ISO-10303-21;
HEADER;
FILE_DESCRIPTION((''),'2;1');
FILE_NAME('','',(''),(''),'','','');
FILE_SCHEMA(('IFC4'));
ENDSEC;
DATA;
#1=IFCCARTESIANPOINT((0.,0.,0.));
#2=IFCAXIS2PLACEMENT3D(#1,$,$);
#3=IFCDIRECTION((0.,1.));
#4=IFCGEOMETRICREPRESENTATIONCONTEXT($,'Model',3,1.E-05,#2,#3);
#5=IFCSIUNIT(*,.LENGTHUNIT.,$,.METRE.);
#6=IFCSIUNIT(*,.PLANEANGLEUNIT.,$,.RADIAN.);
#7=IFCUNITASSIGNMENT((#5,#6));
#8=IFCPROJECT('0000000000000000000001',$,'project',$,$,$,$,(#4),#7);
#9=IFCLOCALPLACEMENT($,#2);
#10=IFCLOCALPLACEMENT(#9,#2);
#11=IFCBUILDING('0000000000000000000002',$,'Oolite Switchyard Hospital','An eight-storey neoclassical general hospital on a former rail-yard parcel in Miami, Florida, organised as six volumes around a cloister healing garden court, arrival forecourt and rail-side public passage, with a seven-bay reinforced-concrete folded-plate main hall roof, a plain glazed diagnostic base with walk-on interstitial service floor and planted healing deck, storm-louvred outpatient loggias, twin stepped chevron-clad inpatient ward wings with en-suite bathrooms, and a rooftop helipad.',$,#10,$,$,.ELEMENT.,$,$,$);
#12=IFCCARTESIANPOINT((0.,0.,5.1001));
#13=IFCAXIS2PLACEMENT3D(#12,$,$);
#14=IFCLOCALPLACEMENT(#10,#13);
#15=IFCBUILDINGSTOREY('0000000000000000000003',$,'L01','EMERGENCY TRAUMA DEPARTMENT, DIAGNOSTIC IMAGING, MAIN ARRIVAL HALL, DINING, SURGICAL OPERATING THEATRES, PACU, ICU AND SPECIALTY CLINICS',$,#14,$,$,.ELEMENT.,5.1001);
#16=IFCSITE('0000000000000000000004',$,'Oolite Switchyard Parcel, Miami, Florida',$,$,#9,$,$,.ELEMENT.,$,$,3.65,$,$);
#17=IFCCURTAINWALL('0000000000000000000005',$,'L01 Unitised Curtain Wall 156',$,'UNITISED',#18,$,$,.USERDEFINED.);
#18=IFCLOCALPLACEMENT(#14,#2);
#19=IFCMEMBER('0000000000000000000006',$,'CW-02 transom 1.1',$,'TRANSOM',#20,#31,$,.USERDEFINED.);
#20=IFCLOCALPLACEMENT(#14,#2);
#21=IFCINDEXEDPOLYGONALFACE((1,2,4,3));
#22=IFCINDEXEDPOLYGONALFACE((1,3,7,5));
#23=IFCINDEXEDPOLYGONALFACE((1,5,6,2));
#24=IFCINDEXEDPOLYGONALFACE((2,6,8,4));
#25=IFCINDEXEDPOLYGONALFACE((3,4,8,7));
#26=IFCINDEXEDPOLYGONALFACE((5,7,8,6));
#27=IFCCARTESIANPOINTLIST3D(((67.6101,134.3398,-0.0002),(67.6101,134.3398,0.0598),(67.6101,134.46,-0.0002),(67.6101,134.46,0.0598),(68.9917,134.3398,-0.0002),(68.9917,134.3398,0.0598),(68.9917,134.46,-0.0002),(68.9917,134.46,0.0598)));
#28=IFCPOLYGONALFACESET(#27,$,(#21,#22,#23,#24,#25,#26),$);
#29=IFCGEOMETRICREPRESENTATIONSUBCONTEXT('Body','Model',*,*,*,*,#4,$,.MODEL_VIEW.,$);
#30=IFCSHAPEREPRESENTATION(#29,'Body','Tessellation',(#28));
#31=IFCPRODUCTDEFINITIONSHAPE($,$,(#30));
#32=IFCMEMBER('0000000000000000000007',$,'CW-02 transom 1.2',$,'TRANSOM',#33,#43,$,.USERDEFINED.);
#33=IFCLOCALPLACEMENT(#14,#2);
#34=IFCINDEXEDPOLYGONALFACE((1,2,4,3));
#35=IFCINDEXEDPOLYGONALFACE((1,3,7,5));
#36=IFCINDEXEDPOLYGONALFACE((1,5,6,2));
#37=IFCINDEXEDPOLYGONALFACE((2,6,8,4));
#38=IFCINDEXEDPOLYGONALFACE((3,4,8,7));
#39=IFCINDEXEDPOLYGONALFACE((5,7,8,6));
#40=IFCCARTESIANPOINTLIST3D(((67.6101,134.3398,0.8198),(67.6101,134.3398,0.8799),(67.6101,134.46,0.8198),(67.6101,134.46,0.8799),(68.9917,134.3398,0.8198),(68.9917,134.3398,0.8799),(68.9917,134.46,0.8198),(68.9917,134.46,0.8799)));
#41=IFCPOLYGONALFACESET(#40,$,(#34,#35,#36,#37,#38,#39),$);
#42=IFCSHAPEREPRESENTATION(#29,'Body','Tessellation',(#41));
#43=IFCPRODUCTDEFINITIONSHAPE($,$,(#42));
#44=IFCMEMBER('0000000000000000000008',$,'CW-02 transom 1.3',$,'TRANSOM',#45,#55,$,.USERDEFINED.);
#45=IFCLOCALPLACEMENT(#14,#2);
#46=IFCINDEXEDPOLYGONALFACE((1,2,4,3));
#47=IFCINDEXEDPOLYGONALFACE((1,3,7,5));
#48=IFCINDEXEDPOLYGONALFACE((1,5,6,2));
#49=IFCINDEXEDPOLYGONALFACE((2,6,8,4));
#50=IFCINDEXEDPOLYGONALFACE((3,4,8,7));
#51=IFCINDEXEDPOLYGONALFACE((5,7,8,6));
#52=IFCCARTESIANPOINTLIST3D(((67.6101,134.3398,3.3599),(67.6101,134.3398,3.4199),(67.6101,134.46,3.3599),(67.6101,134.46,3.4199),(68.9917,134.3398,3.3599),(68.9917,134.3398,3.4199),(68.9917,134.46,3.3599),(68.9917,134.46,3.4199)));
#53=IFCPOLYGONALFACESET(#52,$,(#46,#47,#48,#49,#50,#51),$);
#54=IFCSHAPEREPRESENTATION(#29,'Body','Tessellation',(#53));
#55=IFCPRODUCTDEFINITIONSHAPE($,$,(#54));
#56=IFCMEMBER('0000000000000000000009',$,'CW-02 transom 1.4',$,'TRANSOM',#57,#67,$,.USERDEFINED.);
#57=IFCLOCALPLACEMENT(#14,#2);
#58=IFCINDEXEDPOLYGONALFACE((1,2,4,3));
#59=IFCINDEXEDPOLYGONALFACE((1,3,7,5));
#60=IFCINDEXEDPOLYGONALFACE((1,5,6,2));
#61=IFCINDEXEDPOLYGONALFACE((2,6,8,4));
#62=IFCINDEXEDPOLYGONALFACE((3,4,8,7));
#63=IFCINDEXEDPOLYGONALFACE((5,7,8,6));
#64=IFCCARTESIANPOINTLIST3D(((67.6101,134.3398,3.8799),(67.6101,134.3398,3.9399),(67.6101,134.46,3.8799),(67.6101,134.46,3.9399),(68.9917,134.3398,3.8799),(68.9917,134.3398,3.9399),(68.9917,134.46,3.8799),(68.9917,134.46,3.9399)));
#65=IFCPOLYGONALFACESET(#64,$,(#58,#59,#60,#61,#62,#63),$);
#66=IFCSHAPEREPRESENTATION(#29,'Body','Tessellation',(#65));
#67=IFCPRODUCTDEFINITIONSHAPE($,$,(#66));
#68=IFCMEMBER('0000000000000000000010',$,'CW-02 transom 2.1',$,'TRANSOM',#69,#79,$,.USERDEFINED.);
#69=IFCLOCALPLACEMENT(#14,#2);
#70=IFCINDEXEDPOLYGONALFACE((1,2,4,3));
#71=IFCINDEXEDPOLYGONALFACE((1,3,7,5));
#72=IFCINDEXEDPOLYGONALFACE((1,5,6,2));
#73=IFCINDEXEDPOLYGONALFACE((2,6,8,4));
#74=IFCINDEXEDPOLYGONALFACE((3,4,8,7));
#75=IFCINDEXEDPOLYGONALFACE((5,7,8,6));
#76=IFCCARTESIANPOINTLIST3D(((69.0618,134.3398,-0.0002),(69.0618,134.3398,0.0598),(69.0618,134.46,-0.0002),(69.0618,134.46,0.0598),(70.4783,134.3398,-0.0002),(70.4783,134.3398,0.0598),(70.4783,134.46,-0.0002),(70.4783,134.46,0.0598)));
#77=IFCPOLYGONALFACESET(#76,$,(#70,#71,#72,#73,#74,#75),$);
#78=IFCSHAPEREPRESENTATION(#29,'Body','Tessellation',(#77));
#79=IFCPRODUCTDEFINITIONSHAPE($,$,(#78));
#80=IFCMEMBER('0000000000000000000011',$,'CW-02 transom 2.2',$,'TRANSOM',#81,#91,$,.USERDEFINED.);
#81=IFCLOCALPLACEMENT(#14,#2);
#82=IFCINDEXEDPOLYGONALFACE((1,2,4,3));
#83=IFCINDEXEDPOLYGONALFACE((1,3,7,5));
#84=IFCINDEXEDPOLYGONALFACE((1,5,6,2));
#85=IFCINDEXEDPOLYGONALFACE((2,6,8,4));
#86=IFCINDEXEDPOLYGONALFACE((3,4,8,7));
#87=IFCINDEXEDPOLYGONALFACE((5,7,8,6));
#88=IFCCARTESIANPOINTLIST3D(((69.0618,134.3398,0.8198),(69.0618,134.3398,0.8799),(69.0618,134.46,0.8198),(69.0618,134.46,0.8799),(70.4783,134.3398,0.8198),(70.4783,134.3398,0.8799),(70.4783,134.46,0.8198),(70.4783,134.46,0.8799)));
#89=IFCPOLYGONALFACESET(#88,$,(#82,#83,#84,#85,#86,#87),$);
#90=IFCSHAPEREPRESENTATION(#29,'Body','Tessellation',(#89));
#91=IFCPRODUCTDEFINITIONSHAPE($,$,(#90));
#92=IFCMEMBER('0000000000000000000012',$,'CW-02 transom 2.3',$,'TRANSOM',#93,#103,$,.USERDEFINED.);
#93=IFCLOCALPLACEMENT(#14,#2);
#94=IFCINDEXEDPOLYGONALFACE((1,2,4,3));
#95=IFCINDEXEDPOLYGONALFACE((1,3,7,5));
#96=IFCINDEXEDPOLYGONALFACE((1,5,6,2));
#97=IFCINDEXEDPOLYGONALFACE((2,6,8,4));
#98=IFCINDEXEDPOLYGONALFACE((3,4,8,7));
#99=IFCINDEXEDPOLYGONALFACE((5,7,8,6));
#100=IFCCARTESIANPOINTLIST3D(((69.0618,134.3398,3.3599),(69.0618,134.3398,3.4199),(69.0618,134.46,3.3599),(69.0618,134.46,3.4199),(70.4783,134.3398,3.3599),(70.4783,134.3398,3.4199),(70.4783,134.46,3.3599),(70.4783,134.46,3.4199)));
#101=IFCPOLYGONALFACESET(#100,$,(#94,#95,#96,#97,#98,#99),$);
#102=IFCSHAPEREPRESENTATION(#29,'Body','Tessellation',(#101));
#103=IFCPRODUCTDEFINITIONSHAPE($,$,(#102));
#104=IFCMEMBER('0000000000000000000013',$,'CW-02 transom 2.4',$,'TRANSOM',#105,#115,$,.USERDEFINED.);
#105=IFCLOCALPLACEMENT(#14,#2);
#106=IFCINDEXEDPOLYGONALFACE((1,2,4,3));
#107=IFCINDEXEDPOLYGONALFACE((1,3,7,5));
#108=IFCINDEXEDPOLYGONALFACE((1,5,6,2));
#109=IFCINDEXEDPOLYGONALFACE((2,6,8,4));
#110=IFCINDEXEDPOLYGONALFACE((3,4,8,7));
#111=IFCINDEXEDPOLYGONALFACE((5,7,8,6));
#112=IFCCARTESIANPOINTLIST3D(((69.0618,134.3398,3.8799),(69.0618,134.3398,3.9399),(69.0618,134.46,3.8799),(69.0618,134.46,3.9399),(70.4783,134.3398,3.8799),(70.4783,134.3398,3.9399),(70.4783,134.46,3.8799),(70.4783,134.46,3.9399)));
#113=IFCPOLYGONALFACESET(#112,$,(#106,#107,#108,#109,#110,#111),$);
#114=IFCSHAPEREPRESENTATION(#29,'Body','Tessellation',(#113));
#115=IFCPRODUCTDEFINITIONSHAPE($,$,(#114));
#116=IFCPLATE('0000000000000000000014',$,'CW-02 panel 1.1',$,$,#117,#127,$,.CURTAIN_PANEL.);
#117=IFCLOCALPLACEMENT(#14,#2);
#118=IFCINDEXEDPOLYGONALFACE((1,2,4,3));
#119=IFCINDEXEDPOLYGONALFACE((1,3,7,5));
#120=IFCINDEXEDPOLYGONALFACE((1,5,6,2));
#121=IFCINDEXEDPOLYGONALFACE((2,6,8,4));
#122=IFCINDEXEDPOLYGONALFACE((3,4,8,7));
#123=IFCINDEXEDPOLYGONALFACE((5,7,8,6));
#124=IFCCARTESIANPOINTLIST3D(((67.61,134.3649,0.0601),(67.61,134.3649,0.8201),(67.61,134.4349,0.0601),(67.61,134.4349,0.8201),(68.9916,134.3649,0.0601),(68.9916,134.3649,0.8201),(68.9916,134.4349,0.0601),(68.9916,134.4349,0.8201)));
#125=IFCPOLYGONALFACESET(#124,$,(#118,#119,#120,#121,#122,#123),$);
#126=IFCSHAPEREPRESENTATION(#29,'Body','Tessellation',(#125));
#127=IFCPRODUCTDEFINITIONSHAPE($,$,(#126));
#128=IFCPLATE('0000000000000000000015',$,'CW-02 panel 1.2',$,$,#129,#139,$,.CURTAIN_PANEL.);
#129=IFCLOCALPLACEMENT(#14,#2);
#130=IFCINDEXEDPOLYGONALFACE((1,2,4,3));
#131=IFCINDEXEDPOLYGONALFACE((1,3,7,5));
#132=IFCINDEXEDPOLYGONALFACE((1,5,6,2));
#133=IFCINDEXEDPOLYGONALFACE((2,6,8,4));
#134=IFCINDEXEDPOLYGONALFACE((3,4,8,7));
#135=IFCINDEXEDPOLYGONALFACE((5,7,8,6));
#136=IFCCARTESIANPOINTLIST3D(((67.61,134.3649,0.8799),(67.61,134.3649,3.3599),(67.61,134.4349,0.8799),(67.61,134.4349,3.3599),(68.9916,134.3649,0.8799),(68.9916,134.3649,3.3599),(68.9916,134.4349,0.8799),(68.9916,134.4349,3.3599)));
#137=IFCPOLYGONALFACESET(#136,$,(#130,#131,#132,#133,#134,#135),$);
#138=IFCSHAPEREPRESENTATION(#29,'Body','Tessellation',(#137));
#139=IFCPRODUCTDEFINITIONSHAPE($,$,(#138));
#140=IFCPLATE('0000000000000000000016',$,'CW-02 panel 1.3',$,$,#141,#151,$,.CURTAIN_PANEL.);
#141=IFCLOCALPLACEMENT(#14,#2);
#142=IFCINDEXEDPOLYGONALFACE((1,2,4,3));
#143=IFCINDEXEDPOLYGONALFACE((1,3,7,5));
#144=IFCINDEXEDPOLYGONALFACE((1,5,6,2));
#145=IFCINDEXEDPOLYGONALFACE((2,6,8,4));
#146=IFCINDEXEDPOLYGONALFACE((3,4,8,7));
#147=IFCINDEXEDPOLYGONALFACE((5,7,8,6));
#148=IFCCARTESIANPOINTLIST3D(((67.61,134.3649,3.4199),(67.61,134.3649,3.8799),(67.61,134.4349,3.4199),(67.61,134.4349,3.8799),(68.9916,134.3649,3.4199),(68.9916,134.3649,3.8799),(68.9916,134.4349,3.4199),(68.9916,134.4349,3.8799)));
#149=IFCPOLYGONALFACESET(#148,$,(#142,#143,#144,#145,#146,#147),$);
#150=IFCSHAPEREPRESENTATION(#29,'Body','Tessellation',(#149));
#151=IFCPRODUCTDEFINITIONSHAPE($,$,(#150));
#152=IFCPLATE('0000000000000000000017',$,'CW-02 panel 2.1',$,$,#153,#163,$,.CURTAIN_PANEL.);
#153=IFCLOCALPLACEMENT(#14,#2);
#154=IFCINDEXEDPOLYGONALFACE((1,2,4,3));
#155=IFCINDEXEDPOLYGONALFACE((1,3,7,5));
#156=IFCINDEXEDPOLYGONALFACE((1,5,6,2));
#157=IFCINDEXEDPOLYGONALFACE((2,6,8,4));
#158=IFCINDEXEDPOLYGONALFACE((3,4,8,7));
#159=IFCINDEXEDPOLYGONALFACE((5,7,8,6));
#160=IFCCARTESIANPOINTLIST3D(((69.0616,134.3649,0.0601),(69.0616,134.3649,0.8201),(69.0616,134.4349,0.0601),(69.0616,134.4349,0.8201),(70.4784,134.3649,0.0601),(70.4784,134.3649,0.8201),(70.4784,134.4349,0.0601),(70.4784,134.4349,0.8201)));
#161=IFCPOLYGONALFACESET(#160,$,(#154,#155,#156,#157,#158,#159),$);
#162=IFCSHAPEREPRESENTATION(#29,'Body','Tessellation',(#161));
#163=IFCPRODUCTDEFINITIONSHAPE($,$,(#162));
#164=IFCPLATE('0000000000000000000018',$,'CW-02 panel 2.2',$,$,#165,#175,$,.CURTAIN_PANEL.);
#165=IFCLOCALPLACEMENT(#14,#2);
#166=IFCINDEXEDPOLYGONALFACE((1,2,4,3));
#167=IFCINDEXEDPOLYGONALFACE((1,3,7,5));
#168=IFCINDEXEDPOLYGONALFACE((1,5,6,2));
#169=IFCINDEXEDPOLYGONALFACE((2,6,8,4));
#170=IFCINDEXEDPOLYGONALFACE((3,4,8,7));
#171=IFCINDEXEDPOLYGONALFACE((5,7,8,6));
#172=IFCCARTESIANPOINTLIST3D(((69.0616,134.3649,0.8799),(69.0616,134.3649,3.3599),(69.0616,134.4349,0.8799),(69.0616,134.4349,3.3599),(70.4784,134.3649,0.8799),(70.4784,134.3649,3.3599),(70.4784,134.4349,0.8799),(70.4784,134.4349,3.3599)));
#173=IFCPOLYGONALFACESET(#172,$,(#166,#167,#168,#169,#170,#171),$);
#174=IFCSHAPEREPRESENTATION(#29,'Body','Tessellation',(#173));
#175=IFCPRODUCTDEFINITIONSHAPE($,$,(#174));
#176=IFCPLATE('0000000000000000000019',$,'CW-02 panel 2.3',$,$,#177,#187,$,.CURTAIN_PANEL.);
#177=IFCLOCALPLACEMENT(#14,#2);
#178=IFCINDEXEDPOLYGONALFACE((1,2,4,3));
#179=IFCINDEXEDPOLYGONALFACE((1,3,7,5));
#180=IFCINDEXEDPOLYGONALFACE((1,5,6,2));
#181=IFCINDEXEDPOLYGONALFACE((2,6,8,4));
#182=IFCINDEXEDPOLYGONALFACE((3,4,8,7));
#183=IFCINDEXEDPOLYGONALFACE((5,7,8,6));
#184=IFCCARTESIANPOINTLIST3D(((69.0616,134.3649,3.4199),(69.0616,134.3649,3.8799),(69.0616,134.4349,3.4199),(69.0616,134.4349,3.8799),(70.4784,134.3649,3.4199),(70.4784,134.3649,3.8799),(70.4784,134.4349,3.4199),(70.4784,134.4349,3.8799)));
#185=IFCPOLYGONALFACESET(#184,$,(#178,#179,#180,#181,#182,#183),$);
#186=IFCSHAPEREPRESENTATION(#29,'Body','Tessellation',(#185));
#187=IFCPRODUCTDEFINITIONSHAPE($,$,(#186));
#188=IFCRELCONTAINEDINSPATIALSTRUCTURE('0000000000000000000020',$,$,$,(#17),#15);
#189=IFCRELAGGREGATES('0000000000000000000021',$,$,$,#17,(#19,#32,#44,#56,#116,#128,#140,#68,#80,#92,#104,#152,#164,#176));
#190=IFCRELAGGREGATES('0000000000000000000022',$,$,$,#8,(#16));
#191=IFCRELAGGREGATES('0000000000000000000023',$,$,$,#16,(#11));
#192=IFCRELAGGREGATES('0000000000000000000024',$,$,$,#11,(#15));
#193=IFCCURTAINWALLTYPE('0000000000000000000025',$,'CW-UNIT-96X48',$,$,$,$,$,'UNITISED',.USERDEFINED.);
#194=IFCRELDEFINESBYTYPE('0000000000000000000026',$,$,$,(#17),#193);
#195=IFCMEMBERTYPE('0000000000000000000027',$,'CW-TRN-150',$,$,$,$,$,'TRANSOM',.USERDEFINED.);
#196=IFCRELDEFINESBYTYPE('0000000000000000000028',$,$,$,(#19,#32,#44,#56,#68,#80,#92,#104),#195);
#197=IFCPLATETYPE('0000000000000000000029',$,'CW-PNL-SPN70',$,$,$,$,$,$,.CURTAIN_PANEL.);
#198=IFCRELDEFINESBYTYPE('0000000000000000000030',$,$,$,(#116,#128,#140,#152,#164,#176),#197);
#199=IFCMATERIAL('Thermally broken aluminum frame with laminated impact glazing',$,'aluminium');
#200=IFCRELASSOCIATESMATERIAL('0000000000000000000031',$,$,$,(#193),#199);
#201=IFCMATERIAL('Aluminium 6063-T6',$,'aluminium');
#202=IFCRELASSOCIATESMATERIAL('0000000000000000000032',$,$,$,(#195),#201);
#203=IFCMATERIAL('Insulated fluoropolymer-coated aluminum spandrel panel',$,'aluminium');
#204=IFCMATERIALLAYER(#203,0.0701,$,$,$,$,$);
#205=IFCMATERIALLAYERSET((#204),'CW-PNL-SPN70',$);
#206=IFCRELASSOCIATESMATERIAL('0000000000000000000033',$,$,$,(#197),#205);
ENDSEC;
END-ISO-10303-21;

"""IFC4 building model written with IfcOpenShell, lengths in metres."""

from ifc_helpers import new_model, si_unit, direction, frame, origin, origin_2d, place, context, subcontext, project, spatial, rectangle, extrude, material, layer, layer_set, material_profile, profile_set, type_object, element, aggregate, save


model = new_model("IFC4")

# Units and contexts
model_context = context("Model", 3, precision=1e-05, world=origin(), true_north=direction((0.0, 1.0)))
body_context = subcontext(model_context, "Body", "Model", "MODEL_VIEW")
ifc_project = project(units=[si_unit("LENGTHUNIT", "METRE"), si_unit("PLANEANGLEUNIT", "RADIAN")], contexts=[model_context])

# Site, building, storey
site_placement = place(None, origin())
site = spatial("IfcSite", under=ifc_project, at=site_placement, Name="Oolite Switchyard Parcel, Miami, Florida", CompositionType="ELEMENT", RefElevation=3.65)
building_placement = place(site_placement, origin())
building = spatial("IfcBuilding", under=site, at=building_placement, Name="Oolite Switchyard Hospital", Description="An eight-storey neoclassical general hospital on a former rail-yard parcel in Miami, Florida, organised as six volumes around a cloister healing garden court, arrival forecourt and rail-side public passage, with a seven-bay reinforced-concrete folded-plate main hall roof, a plain glazed diagnostic base with walk-on interstitial service floor and planted healing deck, storm-louvred outpatient loggias, twin stepped chevron-clad inpatient ward wings with en-suite bathrooms, and a rooftop helipad.", CompositionType="ELEMENT")
storey_placement = place(building_placement, frame((0.0, 0.0, 5.1001)))
storey = spatial("IfcBuildingStorey", under=building, at=storey_placement, Name="L01", Description="EMERGENCY TRAUMA DEPARTMENT, DIAGNOSTIC IMAGING, MAIN ARRIVAL HALL, DINING, SURGICAL OPERATING THEATRES, PACU, ICU AND SPECIALTY CLINICS", CompositionType="ELEMENT", Elevation=5.1001)

# Curtain wall, members, plates
ifc_material_1 = material(Name="Thermally broken aluminum frame with laminated impact glazing", Category="aluminium")
curtain_wall_type = type_object("IfcCurtainWallType", Name="CW-UNIT-96X48", ElementType="UNITISED", PredefinedType="USERDEFINED", material=ifc_material_1)
curtain_wall_placement = place(storey_placement, origin())
curtain_wall = element("IfcCurtainWall", 1, at=curtain_wall_placement, inside=storey, type_object=curtain_wall_type, Name="L01 Unitised Curtain Wall 156", ObjectType="UNITISED", PredefinedType="USERDEFINED")
ifc_material_2 = material(Name="Aluminium 6063-T6", Category="aluminium")
ifc_material_profile_1 = material_profile(ifc_material_2, rectangle(XDim=0.1201, YDim=0.0601, at=origin_2d()), Name="CWT60X120")
ifc_profile_set_1 = profile_set([ifc_material_profile_1], Name="Aluminium 6063-T6")
member_type_1 = type_object("IfcMemberType", Name="CW-TRN-150", ElementType="TRANSOM", PredefinedType="USERDEFINED", material=ifc_profile_set_1)
member_1_placement = place(storey_placement, frame((67.6101, 134.3999, 0.0298), z_axis=(1.0, 0.0, 0.0), x_axis=(0.0, 1.0, 0.0)))
member_1 = element("IfcMember", 2, at=member_1_placement, type_object=member_type_1, Name="CW-02 transom 1.1", ObjectType="TRANSOM", PredefinedType="USERDEFINED", context=body_context, shape_type="SweptSolid", body=[
    extrude(rectangle(XDim=0.1201, YDim=0.0601, at=origin_2d()), origin(), (0.0, 0.0, 1.0), 1.3816),
])
member_2_placement = place(storey_placement, frame((67.6101, 134.3999, 0.8499), z_axis=(1.0, 0.0, 0.0), x_axis=(0.0, 1.0, 0.0)))
member_2 = element("IfcMember", 3, at=member_2_placement, type_object=member_type_1, Name="CW-02 transom 1.2", ObjectType="TRANSOM", PredefinedType="USERDEFINED", context=body_context, shape_type="SweptSolid", body=[
    extrude(rectangle(XDim=0.1201, YDim=0.0601, at=origin_2d()), origin(), (0.0, 0.0, 1.0), 1.3816),
])
member_3_placement = place(storey_placement, frame((67.6101, 134.3999, 3.3899), z_axis=(1.0, 0.0, 0.0), x_axis=(0.0, 1.0, 0.0)))
member_3 = element("IfcMember", 4, at=member_3_placement, type_object=member_type_1, Name="CW-02 transom 1.3", ObjectType="TRANSOM", PredefinedType="USERDEFINED", context=body_context, shape_type="SweptSolid", body=[
    extrude(rectangle(XDim=0.1201, YDim=0.0601, at=origin_2d()), origin(), (0.0, 0.0, 1.0), 1.3816),
])
member_4_placement = place(storey_placement, frame((67.6101, 134.3999, 3.9099), z_axis=(1.0, 0.0, 0.0), x_axis=(0.0, 1.0, 0.0)))
member_4 = element("IfcMember", 5, at=member_4_placement, type_object=member_type_1, Name="CW-02 transom 1.4", ObjectType="TRANSOM", PredefinedType="USERDEFINED", context=body_context, shape_type="SweptSolid", body=[
    extrude(rectangle(XDim=0.1201, YDim=0.0601, at=origin_2d()), origin(), (0.0, 0.0, 1.0), 1.3816),
])
member_5_placement = place(storey_placement, frame((69.0618, 134.3999, 0.0298), z_axis=(1.0, 0.0, 0.0), x_axis=(0.0, 1.0, 0.0)))
member_5 = element("IfcMember", 6, at=member_5_placement, type_object=member_type_1, Name="CW-02 transom 2.1", ObjectType="TRANSOM", PredefinedType="USERDEFINED", context=body_context, shape_type="SweptSolid", body=[
    extrude(rectangle(XDim=0.1201, YDim=0.0601, at=origin_2d()), origin(), (0.0, 0.0, 1.0), 1.4165),
])
member_6_placement = place(storey_placement, frame((69.0618, 134.3999, 0.8499), z_axis=(1.0, 0.0, 0.0), x_axis=(0.0, 1.0, 0.0)))
member_6 = element("IfcMember", 7, at=member_6_placement, type_object=member_type_1, Name="CW-02 transom 2.2", ObjectType="TRANSOM", PredefinedType="USERDEFINED", context=body_context, shape_type="SweptSolid", body=[
    extrude(rectangle(XDim=0.1201, YDim=0.0601, at=origin_2d()), origin(), (0.0, 0.0, 1.0), 1.4165),
])
member_7_placement = place(storey_placement, frame((69.0618, 134.3999, 3.3899), z_axis=(1.0, 0.0, 0.0), x_axis=(0.0, 1.0, 0.0)))
member_7 = element("IfcMember", 8, at=member_7_placement, type_object=member_type_1, Name="CW-02 transom 2.3", ObjectType="TRANSOM", PredefinedType="USERDEFINED", context=body_context, shape_type="SweptSolid", body=[
    extrude(rectangle(XDim=0.1201, YDim=0.0601, at=origin_2d()), origin(), (0.0, 0.0, 1.0), 1.4165),
])
member_8_placement = place(storey_placement, frame((69.0618, 134.3999, 3.9099), z_axis=(1.0, 0.0, 0.0), x_axis=(0.0, 1.0, 0.0)))
member_8 = element("IfcMember", 9, at=member_8_placement, type_object=member_type_1, Name="CW-02 transom 2.4", ObjectType="TRANSOM", PredefinedType="USERDEFINED", context=body_context, shape_type="SweptSolid", body=[
    extrude(rectangle(XDim=0.1201, YDim=0.0601, at=origin_2d()), origin(), (0.0, 0.0, 1.0), 1.4165),
])
ifc_material_3 = material(Name="Insulated fluoropolymer-coated aluminum spandrel panel", Category="aluminium")
ifc_layer = layer(ifc_material_3, 0.0701)
ifc_layer_set = layer_set([ifc_layer], Name="CW-PNL-SPN70")
plate_type = type_object("IfcPlateType", Name="CW-PNL-SPN70", PredefinedType="CURTAIN_PANEL", material=ifc_layer_set)
plate_1_placement = place(storey_placement, frame((68.3008, 134.3999, 0.0601), z_axis=(0.0, 0.0, 1.0), x_axis=(1.0, 0.0, 0.0)))
plate_1 = element("IfcPlate", 10, at=plate_1_placement, type_object=plate_type, Name="CW-02 panel 1.1", PredefinedType="CURTAIN_PANEL", context=body_context, shape_type="SweptSolid", body=[
    extrude(rectangle(XDim=1.3816, YDim=0.0701, at=origin_2d()), origin(), (0.0, 0.0, 1.0), 0.76),
])
plate_2_placement = place(storey_placement, frame((68.3008, 134.3999, 0.8799), z_axis=(0.0, 0.0, 1.0), x_axis=(1.0, 0.0, 0.0)))
plate_2 = element("IfcPlate", 11, at=plate_2_placement, type_object=plate_type, Name="CW-02 panel 1.2", PredefinedType="CURTAIN_PANEL", context=body_context, shape_type="SweptSolid", body=[
    extrude(rectangle(XDim=1.3816, YDim=0.0701, at=origin_2d()), origin(), (0.0, 0.0, 1.0), 2.48),
])
plate_3_placement = place(storey_placement, frame((68.3008, 134.3999, 3.4199), z_axis=(0.0, 0.0, 1.0), x_axis=(1.0, 0.0, 0.0)))
plate_3 = element("IfcPlate", 12, at=plate_3_placement, type_object=plate_type, Name="CW-02 panel 1.3", PredefinedType="CURTAIN_PANEL", context=body_context, shape_type="SweptSolid", body=[
    extrude(rectangle(XDim=1.3816, YDim=0.0701, at=origin_2d()), origin(), (0.0, 0.0, 1.0), 0.46),
])
plate_4_placement = place(storey_placement, frame((69.77, 134.3999, 0.0601), z_axis=(0.0, 0.0, 1.0), x_axis=(1.0, 0.0, 0.0)))
plate_4 = element("IfcPlate", 13, at=plate_4_placement, type_object=plate_type, Name="CW-02 panel 2.1", PredefinedType="CURTAIN_PANEL", context=body_context, shape_type="SweptSolid", body=[
    extrude(rectangle(XDim=1.4167, YDim=0.0701, at=origin_2d()), origin(), (0.0, 0.0, 1.0), 0.76),
])
plate_5_placement = place(storey_placement, frame((69.77, 134.3999, 0.8799), z_axis=(0.0, 0.0, 1.0), x_axis=(1.0, 0.0, 0.0)))
plate_5 = element("IfcPlate", 14, at=plate_5_placement, type_object=plate_type, Name="CW-02 panel 2.2", PredefinedType="CURTAIN_PANEL", context=body_context, shape_type="SweptSolid", body=[
    extrude(rectangle(XDim=1.4167, YDim=0.0701, at=origin_2d()), origin(), (0.0, 0.0, 1.0), 2.48),
])
plate_6_placement = place(storey_placement, frame((69.77, 134.3999, 3.4199), z_axis=(0.0, 0.0, 1.0), x_axis=(1.0, 0.0, 0.0)))
plate_6 = element("IfcPlate", 15, at=plate_6_placement, type_object=plate_type, Name="CW-02 panel 2.3", PredefinedType="CURTAIN_PANEL", context=body_context, shape_type="SweptSolid", body=[
    extrude(rectangle(XDim=1.4167, YDim=0.0701, at=origin_2d()), origin(), (0.0, 0.0, 1.0), 0.46),
])
aggregate(curtain_wall, [member_1, member_2, member_3, member_4, plate_1, plate_2, plate_3, member_5, member_6, member_7, member_8, plate_4, plate_5, plate_6])

save(model, "model.ifc")
